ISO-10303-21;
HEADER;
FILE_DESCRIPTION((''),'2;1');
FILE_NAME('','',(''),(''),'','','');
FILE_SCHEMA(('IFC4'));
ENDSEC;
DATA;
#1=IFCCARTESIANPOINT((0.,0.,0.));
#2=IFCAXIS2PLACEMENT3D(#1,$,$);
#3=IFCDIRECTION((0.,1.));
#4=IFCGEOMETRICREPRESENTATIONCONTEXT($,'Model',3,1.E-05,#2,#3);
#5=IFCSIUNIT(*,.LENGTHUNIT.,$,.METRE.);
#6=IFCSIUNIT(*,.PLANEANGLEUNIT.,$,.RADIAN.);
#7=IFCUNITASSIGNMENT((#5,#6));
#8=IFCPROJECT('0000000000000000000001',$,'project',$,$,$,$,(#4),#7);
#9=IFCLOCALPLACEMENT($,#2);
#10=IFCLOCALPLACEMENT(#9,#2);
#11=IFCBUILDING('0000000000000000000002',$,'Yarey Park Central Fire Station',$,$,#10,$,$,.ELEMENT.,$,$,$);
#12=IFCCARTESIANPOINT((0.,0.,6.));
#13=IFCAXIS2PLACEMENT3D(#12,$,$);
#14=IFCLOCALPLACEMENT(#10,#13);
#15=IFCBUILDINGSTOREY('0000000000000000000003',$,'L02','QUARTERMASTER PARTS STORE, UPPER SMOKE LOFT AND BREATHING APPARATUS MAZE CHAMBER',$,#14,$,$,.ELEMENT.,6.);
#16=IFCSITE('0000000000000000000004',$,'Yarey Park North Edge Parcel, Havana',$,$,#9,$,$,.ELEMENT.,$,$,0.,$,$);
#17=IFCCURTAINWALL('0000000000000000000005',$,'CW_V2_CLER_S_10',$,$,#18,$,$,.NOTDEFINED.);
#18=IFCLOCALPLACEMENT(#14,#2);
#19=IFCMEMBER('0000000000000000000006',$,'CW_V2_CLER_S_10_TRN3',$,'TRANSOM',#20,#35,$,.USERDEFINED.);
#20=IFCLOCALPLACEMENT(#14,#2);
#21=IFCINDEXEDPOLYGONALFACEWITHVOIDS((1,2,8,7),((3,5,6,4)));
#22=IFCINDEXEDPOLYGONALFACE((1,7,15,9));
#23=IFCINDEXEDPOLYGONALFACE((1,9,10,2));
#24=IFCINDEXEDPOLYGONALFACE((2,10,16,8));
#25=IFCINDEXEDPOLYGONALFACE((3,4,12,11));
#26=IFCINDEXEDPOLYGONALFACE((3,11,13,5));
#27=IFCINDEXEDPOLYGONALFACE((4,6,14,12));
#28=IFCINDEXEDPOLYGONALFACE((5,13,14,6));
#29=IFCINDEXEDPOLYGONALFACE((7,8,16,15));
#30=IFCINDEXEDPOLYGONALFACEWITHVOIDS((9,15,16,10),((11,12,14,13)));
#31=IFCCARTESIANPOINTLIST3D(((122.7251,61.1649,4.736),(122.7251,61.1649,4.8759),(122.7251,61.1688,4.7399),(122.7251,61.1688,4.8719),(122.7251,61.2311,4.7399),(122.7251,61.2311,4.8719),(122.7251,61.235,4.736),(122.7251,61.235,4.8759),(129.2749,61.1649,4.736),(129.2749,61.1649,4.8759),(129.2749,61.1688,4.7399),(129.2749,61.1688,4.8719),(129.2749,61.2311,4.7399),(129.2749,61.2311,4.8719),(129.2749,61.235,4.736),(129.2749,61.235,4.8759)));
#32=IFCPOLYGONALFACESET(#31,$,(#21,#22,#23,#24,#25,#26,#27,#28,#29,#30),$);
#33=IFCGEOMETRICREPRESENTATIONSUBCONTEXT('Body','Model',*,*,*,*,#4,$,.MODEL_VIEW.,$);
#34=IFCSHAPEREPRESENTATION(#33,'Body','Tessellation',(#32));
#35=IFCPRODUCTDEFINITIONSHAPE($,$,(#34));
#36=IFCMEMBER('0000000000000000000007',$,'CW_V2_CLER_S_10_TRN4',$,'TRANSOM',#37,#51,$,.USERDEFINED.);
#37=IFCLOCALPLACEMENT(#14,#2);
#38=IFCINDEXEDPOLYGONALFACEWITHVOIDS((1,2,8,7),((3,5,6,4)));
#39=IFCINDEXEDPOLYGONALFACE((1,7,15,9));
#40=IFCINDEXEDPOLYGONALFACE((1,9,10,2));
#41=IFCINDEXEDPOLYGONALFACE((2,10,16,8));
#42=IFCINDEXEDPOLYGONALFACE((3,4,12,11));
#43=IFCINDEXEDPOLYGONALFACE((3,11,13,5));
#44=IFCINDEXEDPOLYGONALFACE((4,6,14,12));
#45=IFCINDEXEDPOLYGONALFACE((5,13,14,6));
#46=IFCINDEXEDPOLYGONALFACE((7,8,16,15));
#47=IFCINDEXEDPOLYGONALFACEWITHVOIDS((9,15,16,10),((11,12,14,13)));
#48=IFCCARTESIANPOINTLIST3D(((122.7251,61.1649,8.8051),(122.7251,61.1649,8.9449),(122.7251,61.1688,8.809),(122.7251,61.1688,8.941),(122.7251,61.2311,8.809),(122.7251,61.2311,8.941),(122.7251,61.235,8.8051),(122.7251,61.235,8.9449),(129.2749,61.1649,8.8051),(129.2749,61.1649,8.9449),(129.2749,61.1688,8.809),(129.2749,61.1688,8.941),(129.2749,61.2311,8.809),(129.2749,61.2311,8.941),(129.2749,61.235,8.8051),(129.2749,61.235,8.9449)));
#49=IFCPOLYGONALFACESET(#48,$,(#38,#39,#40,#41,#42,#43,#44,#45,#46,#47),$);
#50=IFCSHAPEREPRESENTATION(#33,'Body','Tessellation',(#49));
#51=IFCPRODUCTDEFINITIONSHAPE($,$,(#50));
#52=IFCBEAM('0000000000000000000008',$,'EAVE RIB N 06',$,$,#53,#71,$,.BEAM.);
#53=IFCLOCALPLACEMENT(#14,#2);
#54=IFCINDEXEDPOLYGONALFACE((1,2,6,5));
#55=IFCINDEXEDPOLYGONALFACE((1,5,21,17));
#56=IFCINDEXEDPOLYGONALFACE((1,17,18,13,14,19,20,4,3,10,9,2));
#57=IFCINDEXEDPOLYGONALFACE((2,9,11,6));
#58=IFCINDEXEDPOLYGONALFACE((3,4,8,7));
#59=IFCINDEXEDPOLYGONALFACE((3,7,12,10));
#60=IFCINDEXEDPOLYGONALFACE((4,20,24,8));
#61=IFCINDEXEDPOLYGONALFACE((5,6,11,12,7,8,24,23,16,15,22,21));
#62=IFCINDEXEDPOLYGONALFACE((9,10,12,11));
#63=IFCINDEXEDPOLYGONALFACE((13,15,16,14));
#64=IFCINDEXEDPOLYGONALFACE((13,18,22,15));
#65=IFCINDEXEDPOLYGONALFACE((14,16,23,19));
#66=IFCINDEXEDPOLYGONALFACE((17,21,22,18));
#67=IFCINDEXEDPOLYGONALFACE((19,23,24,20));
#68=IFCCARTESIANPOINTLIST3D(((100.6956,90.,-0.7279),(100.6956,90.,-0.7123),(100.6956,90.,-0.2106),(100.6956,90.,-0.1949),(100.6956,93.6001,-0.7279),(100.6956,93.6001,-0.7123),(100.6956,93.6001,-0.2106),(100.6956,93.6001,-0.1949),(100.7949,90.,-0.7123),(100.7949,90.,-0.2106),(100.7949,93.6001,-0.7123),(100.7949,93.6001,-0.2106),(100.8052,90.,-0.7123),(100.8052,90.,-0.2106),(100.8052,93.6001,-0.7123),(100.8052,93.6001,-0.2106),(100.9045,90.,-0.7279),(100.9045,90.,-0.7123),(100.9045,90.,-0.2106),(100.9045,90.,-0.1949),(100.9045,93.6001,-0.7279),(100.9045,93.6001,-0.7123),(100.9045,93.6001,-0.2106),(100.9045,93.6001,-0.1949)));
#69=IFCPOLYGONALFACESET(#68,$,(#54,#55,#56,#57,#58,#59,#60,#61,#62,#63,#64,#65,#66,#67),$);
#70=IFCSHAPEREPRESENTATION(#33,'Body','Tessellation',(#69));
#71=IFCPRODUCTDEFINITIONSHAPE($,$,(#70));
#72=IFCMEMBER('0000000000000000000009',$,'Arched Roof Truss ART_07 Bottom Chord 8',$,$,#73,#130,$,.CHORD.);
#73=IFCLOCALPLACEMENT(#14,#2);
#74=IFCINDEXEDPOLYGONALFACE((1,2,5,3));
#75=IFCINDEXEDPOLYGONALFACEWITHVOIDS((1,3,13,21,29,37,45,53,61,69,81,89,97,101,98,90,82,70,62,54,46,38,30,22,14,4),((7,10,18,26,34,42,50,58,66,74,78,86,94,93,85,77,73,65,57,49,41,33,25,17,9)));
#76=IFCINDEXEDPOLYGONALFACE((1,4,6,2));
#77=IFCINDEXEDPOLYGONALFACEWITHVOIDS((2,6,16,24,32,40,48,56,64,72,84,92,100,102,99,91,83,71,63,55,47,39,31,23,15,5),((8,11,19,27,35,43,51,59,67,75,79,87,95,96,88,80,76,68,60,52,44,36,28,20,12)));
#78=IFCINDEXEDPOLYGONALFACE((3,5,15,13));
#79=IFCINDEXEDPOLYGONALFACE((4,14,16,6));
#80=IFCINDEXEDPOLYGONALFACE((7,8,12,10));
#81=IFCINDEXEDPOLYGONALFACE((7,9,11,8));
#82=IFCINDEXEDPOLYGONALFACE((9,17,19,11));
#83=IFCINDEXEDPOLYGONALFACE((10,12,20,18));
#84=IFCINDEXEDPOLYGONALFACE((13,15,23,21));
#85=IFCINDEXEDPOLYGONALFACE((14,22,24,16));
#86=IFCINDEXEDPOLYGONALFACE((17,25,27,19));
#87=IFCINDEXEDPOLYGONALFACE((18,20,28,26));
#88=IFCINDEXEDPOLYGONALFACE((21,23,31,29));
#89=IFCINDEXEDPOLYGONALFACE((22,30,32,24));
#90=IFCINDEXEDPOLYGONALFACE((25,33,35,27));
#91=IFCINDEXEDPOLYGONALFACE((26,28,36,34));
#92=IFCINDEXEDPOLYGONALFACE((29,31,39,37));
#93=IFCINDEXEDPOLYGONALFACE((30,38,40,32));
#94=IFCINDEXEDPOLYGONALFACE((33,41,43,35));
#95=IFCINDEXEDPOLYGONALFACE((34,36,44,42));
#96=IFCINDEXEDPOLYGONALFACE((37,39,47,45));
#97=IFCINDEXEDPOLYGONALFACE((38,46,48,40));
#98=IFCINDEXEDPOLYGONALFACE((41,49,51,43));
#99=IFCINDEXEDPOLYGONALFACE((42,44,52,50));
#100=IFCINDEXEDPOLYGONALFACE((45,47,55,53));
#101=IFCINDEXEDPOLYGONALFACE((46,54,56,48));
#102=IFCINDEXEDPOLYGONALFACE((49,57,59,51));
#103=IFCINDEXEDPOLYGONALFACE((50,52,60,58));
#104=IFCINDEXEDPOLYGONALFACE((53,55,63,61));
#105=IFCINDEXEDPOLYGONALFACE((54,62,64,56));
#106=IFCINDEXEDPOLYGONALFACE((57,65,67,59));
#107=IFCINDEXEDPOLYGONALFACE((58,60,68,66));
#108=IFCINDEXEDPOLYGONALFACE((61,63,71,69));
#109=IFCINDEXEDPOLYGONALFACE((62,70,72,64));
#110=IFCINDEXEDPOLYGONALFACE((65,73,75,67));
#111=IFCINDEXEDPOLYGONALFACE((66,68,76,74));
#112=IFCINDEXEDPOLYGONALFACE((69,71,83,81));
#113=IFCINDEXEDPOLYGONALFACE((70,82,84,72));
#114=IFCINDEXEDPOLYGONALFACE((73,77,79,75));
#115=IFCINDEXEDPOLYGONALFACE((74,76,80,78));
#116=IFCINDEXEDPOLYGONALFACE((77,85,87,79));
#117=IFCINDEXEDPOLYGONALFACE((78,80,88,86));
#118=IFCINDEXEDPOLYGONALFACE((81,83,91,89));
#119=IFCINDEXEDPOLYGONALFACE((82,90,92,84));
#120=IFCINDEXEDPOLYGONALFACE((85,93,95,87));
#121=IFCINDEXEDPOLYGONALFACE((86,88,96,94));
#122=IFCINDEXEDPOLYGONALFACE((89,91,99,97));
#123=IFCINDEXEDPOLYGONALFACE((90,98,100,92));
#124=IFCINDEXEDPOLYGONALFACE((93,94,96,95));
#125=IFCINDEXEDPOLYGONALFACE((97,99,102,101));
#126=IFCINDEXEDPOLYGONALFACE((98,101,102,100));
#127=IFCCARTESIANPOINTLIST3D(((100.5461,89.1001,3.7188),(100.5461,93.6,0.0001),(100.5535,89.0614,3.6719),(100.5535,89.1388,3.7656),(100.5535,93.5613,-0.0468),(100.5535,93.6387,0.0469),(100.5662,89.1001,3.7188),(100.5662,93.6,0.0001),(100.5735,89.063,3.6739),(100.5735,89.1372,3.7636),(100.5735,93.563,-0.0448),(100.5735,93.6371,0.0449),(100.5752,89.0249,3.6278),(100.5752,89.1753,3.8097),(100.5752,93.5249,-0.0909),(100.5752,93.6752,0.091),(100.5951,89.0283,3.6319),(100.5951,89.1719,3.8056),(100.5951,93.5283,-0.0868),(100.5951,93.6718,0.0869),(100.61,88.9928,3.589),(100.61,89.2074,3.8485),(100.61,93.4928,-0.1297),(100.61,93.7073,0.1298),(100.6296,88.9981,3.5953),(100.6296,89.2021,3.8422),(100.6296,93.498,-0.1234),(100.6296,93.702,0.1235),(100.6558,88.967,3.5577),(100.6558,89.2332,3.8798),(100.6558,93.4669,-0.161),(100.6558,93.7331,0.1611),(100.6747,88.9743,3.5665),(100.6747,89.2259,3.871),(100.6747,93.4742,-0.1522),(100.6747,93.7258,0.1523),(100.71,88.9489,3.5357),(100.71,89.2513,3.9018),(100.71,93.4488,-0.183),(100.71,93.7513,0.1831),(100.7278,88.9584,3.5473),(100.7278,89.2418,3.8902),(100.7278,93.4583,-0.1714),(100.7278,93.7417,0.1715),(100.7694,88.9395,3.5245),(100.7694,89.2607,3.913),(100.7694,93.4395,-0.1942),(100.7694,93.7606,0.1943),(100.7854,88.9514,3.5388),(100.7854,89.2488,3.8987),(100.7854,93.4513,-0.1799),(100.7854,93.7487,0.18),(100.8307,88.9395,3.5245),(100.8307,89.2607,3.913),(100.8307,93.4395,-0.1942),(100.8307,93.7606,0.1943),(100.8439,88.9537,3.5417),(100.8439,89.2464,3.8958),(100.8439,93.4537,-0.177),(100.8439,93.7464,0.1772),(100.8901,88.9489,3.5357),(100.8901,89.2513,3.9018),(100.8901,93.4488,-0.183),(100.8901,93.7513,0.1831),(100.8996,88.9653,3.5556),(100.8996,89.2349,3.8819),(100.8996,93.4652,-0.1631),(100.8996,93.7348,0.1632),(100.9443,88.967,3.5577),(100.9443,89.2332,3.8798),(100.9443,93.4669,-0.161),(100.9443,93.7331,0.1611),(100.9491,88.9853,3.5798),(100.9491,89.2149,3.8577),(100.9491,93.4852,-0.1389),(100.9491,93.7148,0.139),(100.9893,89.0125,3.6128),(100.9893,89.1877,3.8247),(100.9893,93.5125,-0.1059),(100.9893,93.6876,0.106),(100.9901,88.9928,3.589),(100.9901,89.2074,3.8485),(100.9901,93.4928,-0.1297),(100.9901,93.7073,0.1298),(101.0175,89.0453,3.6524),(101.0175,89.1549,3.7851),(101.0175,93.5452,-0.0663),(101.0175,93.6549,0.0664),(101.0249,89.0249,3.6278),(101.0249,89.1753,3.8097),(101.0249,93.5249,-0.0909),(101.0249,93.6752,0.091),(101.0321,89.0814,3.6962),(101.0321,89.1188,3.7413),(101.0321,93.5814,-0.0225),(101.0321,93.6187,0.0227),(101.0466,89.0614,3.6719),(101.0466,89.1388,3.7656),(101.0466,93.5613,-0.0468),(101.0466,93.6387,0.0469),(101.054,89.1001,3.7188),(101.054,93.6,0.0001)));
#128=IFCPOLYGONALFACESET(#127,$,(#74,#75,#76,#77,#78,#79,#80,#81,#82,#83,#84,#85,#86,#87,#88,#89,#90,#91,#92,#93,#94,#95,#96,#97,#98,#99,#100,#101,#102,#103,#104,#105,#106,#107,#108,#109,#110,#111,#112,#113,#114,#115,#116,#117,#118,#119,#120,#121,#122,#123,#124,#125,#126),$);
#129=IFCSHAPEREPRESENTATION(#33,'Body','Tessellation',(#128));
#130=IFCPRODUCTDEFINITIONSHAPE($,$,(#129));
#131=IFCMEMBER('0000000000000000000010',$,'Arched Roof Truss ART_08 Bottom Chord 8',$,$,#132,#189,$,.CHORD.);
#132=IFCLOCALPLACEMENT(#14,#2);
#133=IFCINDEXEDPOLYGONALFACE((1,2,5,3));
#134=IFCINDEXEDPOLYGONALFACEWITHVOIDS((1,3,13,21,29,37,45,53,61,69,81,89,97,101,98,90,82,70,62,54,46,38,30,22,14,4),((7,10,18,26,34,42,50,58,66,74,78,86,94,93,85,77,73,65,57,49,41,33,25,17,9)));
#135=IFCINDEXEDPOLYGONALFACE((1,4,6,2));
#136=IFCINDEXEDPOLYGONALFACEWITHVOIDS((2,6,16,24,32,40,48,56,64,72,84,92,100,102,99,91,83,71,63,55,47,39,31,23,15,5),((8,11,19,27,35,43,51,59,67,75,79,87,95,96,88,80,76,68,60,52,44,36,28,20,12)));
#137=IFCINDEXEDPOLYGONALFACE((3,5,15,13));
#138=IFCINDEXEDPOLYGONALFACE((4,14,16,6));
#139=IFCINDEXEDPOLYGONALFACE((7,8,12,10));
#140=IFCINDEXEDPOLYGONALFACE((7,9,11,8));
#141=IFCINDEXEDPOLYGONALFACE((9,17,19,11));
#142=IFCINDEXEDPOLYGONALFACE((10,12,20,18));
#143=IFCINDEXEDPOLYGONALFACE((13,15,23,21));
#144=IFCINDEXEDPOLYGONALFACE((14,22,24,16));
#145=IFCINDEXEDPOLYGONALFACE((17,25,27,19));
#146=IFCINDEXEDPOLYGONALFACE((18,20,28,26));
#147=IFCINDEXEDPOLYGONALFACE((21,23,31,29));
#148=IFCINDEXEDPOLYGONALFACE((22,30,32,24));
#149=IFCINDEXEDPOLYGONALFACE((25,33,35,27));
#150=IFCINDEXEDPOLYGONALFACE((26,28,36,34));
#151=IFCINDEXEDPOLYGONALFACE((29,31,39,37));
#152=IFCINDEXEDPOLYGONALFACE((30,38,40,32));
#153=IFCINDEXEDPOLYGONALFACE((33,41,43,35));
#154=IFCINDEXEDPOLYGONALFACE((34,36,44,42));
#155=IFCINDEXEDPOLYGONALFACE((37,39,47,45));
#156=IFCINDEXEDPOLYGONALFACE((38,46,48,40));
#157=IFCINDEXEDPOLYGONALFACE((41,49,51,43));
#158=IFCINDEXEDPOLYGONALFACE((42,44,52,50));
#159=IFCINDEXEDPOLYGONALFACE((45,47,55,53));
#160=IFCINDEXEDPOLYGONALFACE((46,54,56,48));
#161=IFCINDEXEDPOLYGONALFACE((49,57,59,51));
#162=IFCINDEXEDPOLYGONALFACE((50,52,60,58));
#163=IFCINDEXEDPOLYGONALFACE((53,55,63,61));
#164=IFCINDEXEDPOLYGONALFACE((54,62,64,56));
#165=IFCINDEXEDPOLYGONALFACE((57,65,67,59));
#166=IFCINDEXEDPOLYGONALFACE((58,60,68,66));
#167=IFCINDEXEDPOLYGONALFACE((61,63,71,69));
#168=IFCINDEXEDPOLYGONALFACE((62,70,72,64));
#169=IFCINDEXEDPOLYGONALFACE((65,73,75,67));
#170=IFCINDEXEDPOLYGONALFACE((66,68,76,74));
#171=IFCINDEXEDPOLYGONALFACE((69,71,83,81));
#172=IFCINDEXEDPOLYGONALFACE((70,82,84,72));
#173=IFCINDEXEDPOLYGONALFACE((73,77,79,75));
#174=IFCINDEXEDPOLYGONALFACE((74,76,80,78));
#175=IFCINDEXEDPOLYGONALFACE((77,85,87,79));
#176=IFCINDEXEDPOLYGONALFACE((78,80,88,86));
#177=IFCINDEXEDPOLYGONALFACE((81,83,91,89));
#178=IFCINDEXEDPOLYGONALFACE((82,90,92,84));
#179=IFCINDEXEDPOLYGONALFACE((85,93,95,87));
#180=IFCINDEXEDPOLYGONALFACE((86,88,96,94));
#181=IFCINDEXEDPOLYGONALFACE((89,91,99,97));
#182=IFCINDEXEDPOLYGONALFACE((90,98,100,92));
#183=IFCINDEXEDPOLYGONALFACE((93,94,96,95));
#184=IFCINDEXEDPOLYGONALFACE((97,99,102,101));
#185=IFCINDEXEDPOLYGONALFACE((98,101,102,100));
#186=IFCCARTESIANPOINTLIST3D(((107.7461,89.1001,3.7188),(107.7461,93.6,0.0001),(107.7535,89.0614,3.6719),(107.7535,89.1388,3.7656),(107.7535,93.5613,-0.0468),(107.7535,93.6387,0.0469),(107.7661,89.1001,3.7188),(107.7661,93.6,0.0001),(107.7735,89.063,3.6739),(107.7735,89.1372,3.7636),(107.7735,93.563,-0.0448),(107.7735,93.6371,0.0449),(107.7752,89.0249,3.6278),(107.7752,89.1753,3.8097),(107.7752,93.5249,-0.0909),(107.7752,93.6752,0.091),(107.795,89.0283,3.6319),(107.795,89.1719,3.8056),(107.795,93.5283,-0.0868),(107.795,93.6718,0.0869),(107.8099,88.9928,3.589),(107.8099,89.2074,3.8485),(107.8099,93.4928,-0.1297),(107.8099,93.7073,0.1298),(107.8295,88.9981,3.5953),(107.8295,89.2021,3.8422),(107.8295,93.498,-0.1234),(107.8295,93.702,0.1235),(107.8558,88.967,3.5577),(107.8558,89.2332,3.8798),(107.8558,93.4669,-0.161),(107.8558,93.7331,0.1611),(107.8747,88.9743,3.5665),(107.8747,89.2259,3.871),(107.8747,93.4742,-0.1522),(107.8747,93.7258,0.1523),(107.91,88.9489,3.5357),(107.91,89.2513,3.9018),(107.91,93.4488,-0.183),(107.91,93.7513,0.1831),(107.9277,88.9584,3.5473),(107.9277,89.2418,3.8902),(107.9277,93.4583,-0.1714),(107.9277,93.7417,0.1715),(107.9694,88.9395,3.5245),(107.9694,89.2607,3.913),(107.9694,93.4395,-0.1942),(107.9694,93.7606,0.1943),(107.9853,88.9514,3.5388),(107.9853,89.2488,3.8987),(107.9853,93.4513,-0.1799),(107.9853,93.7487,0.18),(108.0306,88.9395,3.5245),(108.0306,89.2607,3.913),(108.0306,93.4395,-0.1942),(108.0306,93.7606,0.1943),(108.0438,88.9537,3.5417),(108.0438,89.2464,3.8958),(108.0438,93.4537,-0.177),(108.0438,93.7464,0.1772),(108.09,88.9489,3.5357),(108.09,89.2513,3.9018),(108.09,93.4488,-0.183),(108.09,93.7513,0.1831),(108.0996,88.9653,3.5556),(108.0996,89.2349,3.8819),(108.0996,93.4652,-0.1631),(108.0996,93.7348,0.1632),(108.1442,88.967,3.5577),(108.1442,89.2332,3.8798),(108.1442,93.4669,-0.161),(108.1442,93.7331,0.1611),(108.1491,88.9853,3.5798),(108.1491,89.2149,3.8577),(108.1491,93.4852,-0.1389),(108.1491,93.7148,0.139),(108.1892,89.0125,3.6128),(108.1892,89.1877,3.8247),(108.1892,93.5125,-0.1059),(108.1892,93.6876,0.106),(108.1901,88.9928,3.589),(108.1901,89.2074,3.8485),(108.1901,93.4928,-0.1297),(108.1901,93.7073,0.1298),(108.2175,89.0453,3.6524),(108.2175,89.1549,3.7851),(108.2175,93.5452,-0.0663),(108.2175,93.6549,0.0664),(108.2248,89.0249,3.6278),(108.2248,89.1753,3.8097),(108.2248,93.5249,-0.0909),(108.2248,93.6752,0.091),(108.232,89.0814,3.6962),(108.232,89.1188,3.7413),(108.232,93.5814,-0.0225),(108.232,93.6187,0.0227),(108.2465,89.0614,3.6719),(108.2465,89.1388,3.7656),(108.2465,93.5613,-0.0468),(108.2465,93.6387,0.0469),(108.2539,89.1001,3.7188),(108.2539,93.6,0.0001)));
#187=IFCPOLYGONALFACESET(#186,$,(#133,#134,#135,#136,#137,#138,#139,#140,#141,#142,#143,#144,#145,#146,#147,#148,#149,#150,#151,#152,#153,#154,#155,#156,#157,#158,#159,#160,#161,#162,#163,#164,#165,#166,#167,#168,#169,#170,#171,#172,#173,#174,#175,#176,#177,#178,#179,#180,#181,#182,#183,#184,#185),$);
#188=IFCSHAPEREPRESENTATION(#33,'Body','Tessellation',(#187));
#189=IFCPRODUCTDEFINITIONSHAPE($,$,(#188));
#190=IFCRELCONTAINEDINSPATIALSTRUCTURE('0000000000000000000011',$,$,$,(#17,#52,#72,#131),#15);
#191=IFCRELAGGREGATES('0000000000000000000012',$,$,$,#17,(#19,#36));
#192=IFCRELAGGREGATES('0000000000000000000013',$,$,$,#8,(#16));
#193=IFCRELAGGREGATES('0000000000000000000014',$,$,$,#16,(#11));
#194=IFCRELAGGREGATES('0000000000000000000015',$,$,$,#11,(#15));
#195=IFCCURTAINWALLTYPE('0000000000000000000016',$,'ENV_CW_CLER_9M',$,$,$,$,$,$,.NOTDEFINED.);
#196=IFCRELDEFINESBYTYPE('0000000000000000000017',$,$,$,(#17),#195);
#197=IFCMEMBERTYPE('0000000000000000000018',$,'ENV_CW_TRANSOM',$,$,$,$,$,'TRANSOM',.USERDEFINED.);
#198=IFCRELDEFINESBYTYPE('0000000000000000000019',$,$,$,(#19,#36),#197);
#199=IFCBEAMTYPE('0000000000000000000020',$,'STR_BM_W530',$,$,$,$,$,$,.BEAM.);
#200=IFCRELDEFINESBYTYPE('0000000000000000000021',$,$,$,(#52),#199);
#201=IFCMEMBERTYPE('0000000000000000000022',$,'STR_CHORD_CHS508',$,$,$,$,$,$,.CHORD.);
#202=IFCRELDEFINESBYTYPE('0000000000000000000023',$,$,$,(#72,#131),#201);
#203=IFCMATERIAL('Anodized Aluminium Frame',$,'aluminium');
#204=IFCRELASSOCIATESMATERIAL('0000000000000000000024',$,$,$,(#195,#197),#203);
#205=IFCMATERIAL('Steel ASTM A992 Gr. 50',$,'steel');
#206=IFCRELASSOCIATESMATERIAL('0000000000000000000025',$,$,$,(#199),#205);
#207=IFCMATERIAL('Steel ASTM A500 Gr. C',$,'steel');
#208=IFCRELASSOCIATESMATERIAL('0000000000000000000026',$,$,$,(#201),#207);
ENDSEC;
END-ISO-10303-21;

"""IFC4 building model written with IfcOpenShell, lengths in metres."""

from ifc_helpers import new_model, si_unit, direction, frame, origin, origin_2d, place, context, subcontext, project, spatial, hollow_rectangle, hollow_circle, i_section, extrude, material, material_profile, profile_set, type_object, element, aggregate, save


model = new_model("IFC4")

# Units and contexts
model_context = context("Model", 3, precision=1e-05, world=origin(), true_north=direction((0.0, 1.0)))
body_context = subcontext(model_context, "Body", "Model", "MODEL_VIEW")
ifc_project = project(units=[si_unit("LENGTHUNIT", "METRE"), si_unit("PLANEANGLEUNIT", "RADIAN")], contexts=[model_context])

# Site, building, storey
site_placement = place(None, origin())
site = spatial("IfcSite", under=ifc_project, at=site_placement, Name="Yarey Park North Edge Parcel, Havana", CompositionType="ELEMENT", RefElevation=0.0)
building_placement = place(site_placement, origin())
building = spatial("IfcBuilding", under=site, at=building_placement, Name="Yarey Park Central Fire Station", CompositionType="ELEMENT")
storey_placement = place(building_placement, frame((0.0, 0.0, 6.0)))
storey = spatial("IfcBuildingStorey", under=building, at=storey_placement, Name="L02", Description="QUARTERMASTER PARTS STORE, UPPER SMOKE LOFT AND BREATHING APPARATUS MAZE CHAMBER", CompositionType="ELEMENT", Elevation=6.0)

# Shared definitions
ifc_material_1 = material(Name="Anodized Aluminium Frame", Category="aluminium")
curtain_wall_type = type_object("IfcCurtainWallType", Name="ENV_CW_CLER_9M", PredefinedType="NOTDEFINED", material=ifc_material_1)

# Curtain wall
curtain_wall_1_placement = place(storey_placement, origin())
curtain_wall_1 = element("IfcCurtainWall", 1, at=curtain_wall_1_placement, inside=storey, type_object=curtain_wall_type, Name="CW_V2_CLER_S_10", PredefinedType="NOTDEFINED")

# Members
ifc_material_profile_1 = material_profile(ifc_material_1, hollow_rectangle(XDim=0.0701, YDim=0.1399, WallThickness=0.0039, at=origin_2d()), Name="ALU 140x70x4")
ifc_profile_set_1 = profile_set([ifc_material_profile_1], Name="Anodized Aluminium Frame")
member_type_1 = type_object("IfcMemberType", Name="ENV_CW_TRANSOM", ElementType="TRANSOM", PredefinedType="USERDEFINED", material=ifc_profile_set_1)
member_1_placement = place(storey_placement, frame((122.7251, 61.2, 4.8059), z_axis=(1.0, 0.0, 0.0), x_axis=(0.0, 1.0, 0.0)))
member_1 = element("IfcMember", 2, at=member_1_placement, type_object=member_type_1, Name="CW_V2_CLER_S_10_TRN3", ObjectType="TRANSOM", PredefinedType="USERDEFINED", context=body_context, shape_type="SweptSolid", body=[
    extrude(hollow_rectangle(XDim=0.0701, YDim=0.1399, WallThickness=0.0039, at=origin_2d()), origin(), (0.0, 0.0, 1.0), 6.5498),
])
member_2_placement = place(storey_placement, frame((122.7251, 61.2, 8.875), z_axis=(1.0, 0.0, 0.0), x_axis=(0.0, 1.0, 0.0)))
member_2 = element("IfcMember", 3, at=member_2_placement, type_object=member_type_1, Name="CW_V2_CLER_S_10_TRN4", ObjectType="TRANSOM", PredefinedType="USERDEFINED", context=body_context, shape_type="SweptSolid", body=[
    extrude(hollow_rectangle(XDim=0.0701, YDim=0.1399, WallThickness=0.0039, at=origin_2d()), origin(), (0.0, 0.0, 1.0), 6.5498),
])

# Beam
ifc_material_2 = material(Name="Steel ASTM A992 Gr. 50", Category="steel")
ifc_material_profile_2 = material_profile(ifc_material_2, i_section(OverallWidth=0.209, OverallDepth=0.533, WebThickness=0.0103, FlangeThickness=0.0156, at=origin_2d()), Name="W530x92")
ifc_profile_set_2 = profile_set([ifc_material_profile_2], Name="Steel ASTM A992 Gr. 50")
beam_type_1 = type_object("IfcBeamType", Name="STR_BM_W530", PredefinedType="BEAM", material=ifc_profile_set_2)
beam_1_placement = place(storey_placement, frame((100.8, 90.0, -0.4614), z_axis=(0.0, 1.0, 0.0), x_axis=(-1.0, 0.0, 0.0)))
element("IfcBeam", 4, at=beam_1_placement, inside=storey, type_object=beam_type_1, Name="EAVE RIB N 06", PredefinedType="BEAM", context=body_context, shape_type="SweptSolid", body=[
    extrude(i_section(OverallWidth=0.209, OverallDepth=0.533, WebThickness=0.0103, FlangeThickness=0.0156, at=origin_2d()), origin(), (0.0, 0.0, 1.0), 3.6001),
])

# Members
ifc_material_3 = material(Name="Steel ASTM A500 Gr. C", Category="steel")
ifc_material_profile_3 = material_profile(ifc_material_3, hollow_circle(Radius=0.2539, WallThickness=0.02, at=origin_2d()), Name="CHS 508x20")
ifc_profile_set_3 = profile_set([ifc_material_profile_3], Name="Steel ASTM A500 Gr. C")
member_type_2 = type_object("IfcMemberType", Name="STR_CHORD_CHS508", PredefinedType="CHORD", material=ifc_profile_set_3)
for number, where, z_axis, x_axis, name in (
    (5, (100.8, 89.1001, 3.7188), (0.0, 0.770847, -0.63702), (-1.0, 0.0, 0.0), "Arched Roof Truss ART_07 Bottom Chord 8"),
    (6, (108.0, 89.1001, 3.7188), (0.0, 0.770847, -0.63702), (-1.0, 0.0, 0.0), "Arched Roof Truss ART_08 Bottom Chord 8"),
):
    element("IfcMember", number, at=place(storey_placement, frame(where, z_axis=z_axis, x_axis=x_axis)), inside=storey, type_object=member_type_2, Name=name, PredefinedType="CHORD", context=body_context, shape_type="SweptSolid", body=[
        extrude(hollow_circle(Radius=0.2539, WallThickness=0.02, at=origin_2d()), origin(), (0.0, 0.0, 1.0), 5.8376),
    ])

aggregate(curtain_wall_1, [member_1, member_2])

save(model, "model.ifc")
